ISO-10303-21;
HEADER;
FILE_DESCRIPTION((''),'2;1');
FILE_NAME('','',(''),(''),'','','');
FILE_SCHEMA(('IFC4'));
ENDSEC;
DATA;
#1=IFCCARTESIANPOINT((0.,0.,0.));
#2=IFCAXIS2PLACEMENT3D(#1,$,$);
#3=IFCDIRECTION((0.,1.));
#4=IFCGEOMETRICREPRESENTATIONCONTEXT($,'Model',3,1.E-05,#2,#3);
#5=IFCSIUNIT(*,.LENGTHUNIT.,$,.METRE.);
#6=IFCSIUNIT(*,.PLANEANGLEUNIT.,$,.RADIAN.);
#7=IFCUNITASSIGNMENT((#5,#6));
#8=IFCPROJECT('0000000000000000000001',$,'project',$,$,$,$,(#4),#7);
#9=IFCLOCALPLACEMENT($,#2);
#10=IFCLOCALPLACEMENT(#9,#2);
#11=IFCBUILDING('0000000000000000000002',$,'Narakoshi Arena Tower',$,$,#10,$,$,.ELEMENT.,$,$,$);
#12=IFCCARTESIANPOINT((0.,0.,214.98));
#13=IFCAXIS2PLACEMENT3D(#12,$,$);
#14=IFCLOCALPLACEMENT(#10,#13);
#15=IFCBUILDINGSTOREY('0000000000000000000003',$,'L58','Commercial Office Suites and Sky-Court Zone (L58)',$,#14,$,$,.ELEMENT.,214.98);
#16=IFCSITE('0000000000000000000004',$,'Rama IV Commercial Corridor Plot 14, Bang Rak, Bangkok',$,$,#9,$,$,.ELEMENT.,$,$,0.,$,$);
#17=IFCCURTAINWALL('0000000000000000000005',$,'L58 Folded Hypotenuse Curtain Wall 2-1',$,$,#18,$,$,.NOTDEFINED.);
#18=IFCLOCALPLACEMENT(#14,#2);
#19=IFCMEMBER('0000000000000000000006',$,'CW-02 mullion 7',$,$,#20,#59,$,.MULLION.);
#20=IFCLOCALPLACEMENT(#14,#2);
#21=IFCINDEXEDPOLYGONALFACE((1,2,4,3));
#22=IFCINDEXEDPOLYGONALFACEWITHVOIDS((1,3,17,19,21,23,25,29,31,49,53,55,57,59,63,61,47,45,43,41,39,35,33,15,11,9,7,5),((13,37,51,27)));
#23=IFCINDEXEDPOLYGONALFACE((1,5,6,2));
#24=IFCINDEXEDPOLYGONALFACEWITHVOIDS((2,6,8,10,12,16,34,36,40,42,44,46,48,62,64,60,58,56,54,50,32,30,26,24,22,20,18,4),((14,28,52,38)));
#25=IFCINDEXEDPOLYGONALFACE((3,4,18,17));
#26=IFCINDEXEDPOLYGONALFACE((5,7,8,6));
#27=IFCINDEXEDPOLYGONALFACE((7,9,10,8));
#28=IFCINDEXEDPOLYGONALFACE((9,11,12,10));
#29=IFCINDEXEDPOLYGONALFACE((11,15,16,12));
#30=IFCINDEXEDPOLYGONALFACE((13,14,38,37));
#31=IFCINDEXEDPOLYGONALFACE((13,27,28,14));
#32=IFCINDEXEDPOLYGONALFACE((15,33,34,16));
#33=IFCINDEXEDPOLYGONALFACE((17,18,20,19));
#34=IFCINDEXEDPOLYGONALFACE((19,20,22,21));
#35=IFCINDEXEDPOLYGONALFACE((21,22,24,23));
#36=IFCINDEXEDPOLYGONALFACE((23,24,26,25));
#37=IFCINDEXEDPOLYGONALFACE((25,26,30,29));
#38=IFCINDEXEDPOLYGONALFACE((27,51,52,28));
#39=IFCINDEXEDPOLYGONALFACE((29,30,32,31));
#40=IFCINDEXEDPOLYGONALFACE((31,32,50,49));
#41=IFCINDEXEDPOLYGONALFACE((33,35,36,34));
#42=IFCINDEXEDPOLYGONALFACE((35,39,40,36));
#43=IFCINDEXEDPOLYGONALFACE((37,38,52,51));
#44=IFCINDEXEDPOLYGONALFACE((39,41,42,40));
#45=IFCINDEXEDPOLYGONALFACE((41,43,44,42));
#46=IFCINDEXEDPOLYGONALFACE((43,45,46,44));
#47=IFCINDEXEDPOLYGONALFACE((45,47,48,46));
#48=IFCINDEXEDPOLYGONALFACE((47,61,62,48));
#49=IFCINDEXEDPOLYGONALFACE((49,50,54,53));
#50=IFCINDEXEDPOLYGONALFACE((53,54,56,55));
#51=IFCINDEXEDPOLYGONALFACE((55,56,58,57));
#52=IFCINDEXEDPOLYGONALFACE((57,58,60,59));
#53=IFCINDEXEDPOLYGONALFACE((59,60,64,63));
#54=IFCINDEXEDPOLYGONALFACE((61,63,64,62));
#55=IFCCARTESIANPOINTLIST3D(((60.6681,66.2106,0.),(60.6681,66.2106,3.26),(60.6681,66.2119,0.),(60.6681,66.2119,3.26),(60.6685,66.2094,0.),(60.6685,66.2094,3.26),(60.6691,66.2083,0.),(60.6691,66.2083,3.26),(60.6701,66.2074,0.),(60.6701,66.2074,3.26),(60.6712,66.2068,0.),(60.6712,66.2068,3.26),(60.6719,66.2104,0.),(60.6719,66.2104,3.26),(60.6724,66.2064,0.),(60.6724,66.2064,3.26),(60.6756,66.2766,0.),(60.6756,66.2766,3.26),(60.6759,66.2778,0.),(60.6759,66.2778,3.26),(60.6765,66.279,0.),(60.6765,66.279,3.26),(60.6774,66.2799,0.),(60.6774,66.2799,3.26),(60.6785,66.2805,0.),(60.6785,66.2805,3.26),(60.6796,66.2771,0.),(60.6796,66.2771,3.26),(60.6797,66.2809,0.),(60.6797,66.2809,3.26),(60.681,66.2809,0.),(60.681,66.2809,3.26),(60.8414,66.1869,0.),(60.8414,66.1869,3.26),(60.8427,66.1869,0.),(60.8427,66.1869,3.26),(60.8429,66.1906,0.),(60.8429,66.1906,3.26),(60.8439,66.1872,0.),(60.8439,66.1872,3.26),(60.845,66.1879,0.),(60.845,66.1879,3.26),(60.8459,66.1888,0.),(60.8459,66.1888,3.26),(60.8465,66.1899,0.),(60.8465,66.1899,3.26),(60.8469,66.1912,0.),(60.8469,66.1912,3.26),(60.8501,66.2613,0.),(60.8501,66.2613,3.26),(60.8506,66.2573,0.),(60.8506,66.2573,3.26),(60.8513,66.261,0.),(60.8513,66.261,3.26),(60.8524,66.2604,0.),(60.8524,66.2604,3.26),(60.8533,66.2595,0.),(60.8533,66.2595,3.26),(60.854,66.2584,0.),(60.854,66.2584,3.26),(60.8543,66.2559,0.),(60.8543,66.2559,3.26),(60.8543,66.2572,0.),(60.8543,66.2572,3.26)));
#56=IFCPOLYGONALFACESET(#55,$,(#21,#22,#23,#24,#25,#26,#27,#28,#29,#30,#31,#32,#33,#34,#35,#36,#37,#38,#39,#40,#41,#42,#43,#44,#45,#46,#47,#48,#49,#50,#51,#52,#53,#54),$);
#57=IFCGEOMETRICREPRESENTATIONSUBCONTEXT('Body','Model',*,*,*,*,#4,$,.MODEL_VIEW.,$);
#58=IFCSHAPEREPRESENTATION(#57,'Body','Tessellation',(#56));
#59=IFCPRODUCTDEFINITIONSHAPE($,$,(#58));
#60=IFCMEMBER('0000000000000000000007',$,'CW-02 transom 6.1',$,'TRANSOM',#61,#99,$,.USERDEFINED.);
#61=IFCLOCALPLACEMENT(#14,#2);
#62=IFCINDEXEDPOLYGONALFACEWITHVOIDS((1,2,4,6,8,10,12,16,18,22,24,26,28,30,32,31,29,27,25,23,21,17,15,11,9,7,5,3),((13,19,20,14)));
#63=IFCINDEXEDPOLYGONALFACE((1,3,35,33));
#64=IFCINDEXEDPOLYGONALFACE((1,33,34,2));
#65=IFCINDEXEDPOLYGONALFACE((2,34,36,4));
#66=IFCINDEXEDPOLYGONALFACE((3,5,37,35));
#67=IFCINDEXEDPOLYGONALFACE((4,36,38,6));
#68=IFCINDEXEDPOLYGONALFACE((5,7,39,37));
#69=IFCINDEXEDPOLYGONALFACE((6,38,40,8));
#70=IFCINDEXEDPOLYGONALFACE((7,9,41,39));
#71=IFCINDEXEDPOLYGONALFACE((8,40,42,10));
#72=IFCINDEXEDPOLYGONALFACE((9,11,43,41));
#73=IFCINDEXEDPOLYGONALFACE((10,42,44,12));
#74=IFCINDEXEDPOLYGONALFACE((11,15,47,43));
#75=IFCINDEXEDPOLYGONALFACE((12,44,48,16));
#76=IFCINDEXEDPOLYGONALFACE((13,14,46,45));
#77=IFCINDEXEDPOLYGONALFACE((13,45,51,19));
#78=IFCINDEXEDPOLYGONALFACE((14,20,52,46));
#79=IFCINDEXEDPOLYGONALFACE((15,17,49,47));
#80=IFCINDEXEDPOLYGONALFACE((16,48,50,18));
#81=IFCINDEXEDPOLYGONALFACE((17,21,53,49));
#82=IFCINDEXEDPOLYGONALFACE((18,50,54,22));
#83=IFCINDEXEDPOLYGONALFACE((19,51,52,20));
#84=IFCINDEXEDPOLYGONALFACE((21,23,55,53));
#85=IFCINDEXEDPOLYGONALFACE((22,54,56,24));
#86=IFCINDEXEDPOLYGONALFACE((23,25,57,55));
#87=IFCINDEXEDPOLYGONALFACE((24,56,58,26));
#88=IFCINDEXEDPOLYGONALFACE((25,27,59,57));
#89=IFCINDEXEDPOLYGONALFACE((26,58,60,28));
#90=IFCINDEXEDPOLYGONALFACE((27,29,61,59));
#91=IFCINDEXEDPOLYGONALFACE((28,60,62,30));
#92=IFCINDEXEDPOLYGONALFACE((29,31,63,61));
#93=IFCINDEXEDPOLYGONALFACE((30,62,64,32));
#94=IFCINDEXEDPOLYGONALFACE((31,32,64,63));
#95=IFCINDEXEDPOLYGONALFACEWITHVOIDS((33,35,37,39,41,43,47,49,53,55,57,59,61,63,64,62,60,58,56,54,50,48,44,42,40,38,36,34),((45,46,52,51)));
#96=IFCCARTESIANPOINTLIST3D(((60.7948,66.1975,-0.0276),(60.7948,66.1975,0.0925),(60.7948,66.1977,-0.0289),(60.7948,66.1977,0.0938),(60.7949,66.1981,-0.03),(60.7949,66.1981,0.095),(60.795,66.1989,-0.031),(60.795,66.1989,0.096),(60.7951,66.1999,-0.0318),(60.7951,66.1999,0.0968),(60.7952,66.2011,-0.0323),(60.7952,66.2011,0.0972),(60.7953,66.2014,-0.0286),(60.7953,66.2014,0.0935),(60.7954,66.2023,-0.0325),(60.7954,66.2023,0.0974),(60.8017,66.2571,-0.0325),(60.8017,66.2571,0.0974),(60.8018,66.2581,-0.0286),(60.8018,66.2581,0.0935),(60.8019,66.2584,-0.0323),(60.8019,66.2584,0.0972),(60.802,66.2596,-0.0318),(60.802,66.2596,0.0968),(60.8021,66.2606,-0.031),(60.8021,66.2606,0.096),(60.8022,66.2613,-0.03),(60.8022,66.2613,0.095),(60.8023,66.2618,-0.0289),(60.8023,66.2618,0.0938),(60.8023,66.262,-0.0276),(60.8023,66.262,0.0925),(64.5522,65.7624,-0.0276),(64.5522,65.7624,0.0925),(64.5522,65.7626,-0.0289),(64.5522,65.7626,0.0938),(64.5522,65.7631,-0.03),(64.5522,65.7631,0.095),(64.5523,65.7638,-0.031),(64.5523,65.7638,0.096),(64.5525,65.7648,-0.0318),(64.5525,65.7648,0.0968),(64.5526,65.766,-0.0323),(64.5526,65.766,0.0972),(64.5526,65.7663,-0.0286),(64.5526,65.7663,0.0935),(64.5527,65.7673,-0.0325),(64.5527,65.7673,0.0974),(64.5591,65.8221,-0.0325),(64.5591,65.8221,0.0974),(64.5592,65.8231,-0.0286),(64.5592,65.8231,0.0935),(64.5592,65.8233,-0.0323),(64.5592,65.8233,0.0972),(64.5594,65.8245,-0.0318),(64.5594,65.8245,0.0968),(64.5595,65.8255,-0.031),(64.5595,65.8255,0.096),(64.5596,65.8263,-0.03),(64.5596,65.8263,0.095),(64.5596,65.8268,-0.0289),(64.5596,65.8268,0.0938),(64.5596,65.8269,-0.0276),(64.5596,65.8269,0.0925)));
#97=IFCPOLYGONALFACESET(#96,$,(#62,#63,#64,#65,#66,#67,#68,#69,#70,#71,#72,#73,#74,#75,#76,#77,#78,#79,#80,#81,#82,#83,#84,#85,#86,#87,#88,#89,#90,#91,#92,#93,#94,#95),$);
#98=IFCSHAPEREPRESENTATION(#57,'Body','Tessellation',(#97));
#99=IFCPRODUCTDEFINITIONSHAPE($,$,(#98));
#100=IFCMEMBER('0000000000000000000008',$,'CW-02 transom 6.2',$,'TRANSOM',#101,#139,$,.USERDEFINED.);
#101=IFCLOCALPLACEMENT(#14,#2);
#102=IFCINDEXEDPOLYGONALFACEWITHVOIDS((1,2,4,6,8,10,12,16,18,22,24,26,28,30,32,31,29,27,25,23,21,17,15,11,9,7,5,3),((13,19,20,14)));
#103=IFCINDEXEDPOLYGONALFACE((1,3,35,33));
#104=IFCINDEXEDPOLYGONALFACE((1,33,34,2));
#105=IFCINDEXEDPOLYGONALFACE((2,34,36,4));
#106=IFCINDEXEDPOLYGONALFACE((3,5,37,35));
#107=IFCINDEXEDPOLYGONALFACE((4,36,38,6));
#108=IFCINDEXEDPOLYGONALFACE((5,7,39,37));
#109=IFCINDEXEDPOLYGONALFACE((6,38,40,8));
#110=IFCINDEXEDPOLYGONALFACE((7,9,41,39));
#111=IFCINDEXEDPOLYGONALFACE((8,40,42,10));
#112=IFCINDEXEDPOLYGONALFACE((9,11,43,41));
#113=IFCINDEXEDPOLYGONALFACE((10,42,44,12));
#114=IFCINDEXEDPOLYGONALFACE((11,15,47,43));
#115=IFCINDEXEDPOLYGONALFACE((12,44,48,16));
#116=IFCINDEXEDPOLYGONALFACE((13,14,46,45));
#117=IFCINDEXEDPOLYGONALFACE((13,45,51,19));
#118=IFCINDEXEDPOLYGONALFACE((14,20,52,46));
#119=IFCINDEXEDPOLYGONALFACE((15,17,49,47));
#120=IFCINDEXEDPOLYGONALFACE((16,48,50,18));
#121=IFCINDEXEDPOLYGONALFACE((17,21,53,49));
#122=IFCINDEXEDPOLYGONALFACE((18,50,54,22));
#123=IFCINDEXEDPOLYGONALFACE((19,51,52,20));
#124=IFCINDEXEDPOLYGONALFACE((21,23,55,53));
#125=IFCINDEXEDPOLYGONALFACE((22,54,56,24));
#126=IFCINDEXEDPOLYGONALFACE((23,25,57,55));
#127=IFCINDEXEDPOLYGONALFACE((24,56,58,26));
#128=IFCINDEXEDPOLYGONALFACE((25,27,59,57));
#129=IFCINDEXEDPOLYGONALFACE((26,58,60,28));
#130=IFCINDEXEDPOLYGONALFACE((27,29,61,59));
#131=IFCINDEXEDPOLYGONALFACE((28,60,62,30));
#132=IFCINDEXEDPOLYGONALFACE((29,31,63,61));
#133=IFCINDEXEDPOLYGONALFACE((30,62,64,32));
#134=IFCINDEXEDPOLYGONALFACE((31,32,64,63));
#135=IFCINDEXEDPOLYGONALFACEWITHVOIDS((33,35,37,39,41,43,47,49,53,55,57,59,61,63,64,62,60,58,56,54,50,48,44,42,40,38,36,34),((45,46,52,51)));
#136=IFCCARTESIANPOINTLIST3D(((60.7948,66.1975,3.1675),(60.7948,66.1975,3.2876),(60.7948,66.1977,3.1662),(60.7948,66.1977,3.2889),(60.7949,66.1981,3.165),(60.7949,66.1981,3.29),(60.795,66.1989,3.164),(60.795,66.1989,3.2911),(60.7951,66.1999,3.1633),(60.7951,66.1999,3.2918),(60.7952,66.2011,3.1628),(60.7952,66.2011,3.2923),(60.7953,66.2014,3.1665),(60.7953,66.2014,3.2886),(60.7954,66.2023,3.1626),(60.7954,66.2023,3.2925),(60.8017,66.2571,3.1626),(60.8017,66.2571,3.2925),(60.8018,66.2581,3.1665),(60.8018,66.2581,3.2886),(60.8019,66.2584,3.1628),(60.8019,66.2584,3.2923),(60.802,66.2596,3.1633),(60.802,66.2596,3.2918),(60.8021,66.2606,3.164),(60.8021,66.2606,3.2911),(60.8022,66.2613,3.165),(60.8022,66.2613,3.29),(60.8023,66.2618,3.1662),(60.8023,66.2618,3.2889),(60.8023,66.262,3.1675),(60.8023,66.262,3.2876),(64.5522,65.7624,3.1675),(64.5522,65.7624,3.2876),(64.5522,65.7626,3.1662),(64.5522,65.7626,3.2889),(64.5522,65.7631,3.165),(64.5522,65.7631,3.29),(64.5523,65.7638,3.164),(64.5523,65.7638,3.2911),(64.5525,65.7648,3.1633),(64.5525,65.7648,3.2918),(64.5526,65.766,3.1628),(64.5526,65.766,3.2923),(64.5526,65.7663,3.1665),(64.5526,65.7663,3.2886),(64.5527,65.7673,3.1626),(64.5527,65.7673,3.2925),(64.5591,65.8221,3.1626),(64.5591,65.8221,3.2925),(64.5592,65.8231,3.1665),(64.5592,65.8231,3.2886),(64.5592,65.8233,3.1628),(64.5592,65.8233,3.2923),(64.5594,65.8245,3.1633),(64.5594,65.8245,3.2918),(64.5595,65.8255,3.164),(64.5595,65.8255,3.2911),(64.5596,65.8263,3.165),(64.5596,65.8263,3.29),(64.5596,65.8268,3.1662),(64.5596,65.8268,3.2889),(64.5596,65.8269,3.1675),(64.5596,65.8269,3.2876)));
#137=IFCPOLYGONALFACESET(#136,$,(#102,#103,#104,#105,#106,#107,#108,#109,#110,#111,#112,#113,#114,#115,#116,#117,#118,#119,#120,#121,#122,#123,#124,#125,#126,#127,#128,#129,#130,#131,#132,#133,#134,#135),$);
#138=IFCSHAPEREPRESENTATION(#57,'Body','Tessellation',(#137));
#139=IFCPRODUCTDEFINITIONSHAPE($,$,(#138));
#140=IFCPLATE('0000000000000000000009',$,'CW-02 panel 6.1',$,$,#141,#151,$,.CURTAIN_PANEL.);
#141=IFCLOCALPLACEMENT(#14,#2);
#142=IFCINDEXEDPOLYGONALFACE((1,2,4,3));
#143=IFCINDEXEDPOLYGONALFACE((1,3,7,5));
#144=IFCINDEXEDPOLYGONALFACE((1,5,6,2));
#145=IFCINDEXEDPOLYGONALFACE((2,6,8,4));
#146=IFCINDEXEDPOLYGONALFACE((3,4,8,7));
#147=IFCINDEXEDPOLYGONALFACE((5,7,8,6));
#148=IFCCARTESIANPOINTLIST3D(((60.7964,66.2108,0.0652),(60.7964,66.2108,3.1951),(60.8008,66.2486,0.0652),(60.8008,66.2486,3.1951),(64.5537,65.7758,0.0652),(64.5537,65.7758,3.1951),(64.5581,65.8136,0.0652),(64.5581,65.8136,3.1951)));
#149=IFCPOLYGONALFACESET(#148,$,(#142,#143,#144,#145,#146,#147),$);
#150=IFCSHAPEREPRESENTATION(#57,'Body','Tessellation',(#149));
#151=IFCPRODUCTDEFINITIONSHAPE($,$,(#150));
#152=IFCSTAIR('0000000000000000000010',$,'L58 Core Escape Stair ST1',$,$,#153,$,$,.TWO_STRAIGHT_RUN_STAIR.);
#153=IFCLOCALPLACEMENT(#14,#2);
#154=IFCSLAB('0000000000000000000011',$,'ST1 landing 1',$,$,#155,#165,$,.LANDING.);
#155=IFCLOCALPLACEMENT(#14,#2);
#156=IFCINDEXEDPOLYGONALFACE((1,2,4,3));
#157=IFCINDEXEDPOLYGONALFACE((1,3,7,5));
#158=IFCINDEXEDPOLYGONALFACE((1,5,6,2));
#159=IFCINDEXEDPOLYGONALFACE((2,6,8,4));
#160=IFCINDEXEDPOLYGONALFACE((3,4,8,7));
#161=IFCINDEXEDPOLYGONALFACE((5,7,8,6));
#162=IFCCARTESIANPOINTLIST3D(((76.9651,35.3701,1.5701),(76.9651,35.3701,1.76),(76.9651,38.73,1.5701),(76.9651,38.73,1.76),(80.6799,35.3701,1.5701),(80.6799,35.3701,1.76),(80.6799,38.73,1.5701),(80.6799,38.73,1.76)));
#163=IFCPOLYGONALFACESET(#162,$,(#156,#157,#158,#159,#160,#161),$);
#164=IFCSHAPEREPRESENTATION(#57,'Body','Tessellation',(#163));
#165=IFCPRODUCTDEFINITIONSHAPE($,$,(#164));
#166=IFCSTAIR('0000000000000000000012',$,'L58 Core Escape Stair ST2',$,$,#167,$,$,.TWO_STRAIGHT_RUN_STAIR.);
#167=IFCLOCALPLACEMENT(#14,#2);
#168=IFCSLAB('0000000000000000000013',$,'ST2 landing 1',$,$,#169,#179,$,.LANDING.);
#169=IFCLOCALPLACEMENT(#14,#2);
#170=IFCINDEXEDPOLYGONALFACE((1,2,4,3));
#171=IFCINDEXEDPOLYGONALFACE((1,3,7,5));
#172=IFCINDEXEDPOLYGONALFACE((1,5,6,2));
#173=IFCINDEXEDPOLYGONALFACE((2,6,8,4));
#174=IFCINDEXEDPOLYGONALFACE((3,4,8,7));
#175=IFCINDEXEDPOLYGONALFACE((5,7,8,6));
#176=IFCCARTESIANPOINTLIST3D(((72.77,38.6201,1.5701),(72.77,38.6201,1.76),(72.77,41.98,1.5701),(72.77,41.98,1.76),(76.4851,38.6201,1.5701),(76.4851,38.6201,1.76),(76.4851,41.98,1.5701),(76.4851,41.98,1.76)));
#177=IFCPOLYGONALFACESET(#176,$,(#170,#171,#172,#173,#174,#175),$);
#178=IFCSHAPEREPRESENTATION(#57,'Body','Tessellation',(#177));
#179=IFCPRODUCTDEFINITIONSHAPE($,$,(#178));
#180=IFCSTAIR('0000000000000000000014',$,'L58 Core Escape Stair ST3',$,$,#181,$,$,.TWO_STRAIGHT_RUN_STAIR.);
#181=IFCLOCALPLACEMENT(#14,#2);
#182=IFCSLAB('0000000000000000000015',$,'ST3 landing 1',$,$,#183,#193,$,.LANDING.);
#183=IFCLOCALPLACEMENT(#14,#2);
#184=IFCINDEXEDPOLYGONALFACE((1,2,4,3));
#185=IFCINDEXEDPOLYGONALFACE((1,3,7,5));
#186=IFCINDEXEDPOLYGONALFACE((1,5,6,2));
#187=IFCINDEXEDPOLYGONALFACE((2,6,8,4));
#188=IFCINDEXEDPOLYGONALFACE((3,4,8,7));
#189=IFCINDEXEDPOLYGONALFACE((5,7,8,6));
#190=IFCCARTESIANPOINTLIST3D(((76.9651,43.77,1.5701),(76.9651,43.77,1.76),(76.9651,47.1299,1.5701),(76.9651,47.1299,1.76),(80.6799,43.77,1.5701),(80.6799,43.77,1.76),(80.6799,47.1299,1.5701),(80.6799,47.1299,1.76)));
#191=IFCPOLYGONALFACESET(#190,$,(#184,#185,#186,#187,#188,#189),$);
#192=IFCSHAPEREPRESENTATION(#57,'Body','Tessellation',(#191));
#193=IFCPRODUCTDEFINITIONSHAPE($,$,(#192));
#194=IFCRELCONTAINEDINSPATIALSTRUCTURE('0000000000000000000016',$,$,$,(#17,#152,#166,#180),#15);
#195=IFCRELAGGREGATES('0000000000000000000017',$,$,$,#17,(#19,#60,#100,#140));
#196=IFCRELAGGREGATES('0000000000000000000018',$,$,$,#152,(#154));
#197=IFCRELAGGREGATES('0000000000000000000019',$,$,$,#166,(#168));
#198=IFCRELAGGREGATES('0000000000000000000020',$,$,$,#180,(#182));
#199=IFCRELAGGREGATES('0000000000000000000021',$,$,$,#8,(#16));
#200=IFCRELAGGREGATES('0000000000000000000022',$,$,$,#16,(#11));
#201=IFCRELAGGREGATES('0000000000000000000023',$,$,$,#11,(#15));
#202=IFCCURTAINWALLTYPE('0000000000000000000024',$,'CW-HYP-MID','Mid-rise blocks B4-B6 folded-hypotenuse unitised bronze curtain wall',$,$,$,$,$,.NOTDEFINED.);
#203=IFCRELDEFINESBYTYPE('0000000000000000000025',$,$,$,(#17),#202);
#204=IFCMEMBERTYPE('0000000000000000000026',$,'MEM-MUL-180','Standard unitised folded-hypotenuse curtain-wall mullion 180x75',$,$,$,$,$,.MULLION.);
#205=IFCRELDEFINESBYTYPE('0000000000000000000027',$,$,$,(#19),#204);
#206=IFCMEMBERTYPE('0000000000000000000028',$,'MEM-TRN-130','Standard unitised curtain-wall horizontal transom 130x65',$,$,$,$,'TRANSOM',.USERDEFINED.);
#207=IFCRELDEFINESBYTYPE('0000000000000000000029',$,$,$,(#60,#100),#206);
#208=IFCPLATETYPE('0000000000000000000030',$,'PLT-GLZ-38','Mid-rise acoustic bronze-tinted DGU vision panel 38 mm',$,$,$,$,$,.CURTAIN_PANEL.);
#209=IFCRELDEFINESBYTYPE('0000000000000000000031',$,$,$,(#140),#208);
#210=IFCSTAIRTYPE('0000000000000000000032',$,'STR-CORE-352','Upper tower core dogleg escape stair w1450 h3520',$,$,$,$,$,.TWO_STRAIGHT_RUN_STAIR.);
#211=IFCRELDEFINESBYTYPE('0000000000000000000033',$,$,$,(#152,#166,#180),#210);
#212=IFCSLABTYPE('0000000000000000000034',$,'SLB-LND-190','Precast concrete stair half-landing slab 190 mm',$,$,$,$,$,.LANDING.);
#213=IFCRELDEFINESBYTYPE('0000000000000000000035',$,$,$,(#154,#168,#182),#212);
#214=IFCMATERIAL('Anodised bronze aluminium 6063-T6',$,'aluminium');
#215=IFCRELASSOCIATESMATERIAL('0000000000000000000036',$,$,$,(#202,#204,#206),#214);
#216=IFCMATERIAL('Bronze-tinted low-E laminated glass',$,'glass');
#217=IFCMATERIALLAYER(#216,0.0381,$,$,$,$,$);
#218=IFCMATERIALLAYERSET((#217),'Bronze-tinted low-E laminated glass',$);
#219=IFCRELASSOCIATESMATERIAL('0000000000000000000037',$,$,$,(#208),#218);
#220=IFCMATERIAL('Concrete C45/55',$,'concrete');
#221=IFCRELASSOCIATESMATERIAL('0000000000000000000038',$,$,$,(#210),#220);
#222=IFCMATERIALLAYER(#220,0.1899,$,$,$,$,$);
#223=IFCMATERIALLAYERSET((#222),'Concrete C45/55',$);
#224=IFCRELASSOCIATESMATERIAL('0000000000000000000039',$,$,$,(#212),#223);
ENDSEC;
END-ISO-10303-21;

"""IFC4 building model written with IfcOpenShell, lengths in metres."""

from ifc_helpers import new_model, si_unit, direction, frame, origin, origin_2d, place, context, subcontext, project, spatial, polyline, rectangle, hollow_rectangle, outline, extrude, material, layer, layer_set, material_profile, profile_set, type_object, element, aggregate, save


model = new_model("IFC4")

# Units and contexts
model_context = context("Model", 3, precision=1e-05, world=origin(), true_north=direction((0.0, 1.0)))
body_context = subcontext(model_context, "Body", "Model", "MODEL_VIEW")
ifc_project = project(units=[si_unit("LENGTHUNIT", "METRE"), si_unit("PLANEANGLEUNIT", "RADIAN")], contexts=[model_context])

# Site, building, storey
site_placement = place(None, origin())
site = spatial("IfcSite", under=ifc_project, at=site_placement, Name="Rama IV Commercial Corridor Plot 14, Bang Rak, Bangkok", CompositionType="ELEMENT", RefElevation=0.0)
building_placement = place(site_placement, origin())
building = spatial("IfcBuilding", under=site, at=building_placement, Name="Narakoshi Arena Tower", CompositionType="ELEMENT")
storey_placement = place(building_placement, frame((0.0, 0.0, 214.98)))
storey = spatial("IfcBuildingStorey", under=building, at=storey_placement, Name="L58", Description="Commercial Office Suites and Sky-Court Zone (L58)", CompositionType="ELEMENT", Elevation=214.98)

# Curtain wall, members, plate
ifc_material_1 = material(Name="Anodised bronze aluminium 6063-T6", Category="aluminium")
curtain_wall_type = type_object("IfcCurtainWallType", Name="CW-HYP-MID", Description="Mid-rise blocks B4-B6 folded-hypotenuse unitised bronze curtain wall", PredefinedType="NOTDEFINED", material=ifc_material_1)
curtain_wall_placement = place(storey_placement, origin())
curtain_wall = element("IfcCurtainWall", 1, at=curtain_wall_placement, inside=storey, type_object=curtain_wall_type, Name="L58 Folded Hypotenuse Curtain Wall 2-1", PredefinedType="NOTDEFINED")
ifc_material_profile_1 = material_profile(ifc_material_1, hollow_rectangle(XDim=0.075, YDim=0.1799, WallThickness=0.0039, OuterFilletRadius=0.0049, at=origin_2d()), Name="MUL180x75x4")
ifc_profile_set_1 = profile_set([ifc_material_profile_1], Name="Anodised bronze aluminium 6063-T6")
member_type_1 = type_object("IfcMemberType", Name="MEM-MUL-180", Description="Standard unitised folded-hypotenuse curtain-wall mullion 180x75", PredefinedType="MULLION", material=ifc_profile_set_1)
member_1_placement = place(storey_placement, frame((60.7612, 66.2339, 0.0), z_axis=(0.0, 0.0, 1.0), x_axis=(-0.115011, -0.993364, 0.0)))
member_1 = element("IfcMember", 2, at=member_1_placement, type_object=member_type_1, Name="CW-02 mullion 7", PredefinedType="MULLION", context=body_context, shape_type="SweptSolid", body=[
    extrude(hollow_rectangle(XDim=0.075, YDim=0.1799, WallThickness=0.0039, OuterFilletRadius=0.0049, at=origin_2d()), origin(), (0.0, 0.0, 1.0), 3.26),
])
ifc_material_profile_2 = material_profile(ifc_material_1, hollow_rectangle(XDim=0.0649, YDim=0.1299, WallThickness=0.0039, OuterFilletRadius=0.0049, at=origin_2d()), Name="TRN130x65x4")
ifc_profile_set_2 = profile_set([ifc_material_profile_2], Name="Anodised bronze aluminium 6063-T6")
member_type_2 = type_object("IfcMemberType", Name="MEM-TRN-130", Description="Standard unitised curtain-wall horizontal transom 130x65", ElementType="TRANSOM", PredefinedType="USERDEFINED", material=ifc_profile_set_2)
member_2_placement = place(storey_placement, frame((64.5559, 65.7947, 0.0325), z_axis=(-0.993363, 0.115021, 0.0), x_axis=(-0.115021, -0.993363, 0.0)))
member_2 = element("IfcMember", 3, at=member_2_placement, type_object=member_type_2, Name="CW-02 transom 6.1", ObjectType="TRANSOM", PredefinedType="USERDEFINED", context=body_context, shape_type="SweptSolid", body=[
    extrude(hollow_rectangle(XDim=0.0649, YDim=0.1299, WallThickness=0.0039, OuterFilletRadius=0.0049, at=origin_2d()), origin(), (0.0, 0.0, 1.0), 3.7825),
])
member_3_placement = place(storey_placement, frame((64.5559, 65.7947, 3.2275), z_axis=(-0.993363, 0.115021, 0.0), x_axis=(-0.115021, -0.993363, 0.0)))
member_3 = element("IfcMember", 4, at=member_3_placement, type_object=member_type_2, Name="CW-02 transom 6.2", ObjectType="TRANSOM", PredefinedType="USERDEFINED", context=body_context, shape_type="SweptSolid", body=[
    extrude(hollow_rectangle(XDim=0.0649, YDim=0.1299, WallThickness=0.0039, OuterFilletRadius=0.0049, at=origin_2d()), origin(), (0.0, 0.0, 1.0), 3.7825),
])
ifc_material_2 = material(Name="Bronze-tinted low-E laminated glass", Category="glass")
ifc_layer_1 = layer(ifc_material_2, 0.0381)
ifc_layer_set_1 = layer_set([ifc_layer_1], Name="Bronze-tinted low-E laminated glass")
plate_type = type_object("IfcPlateType", Name="PLT-GLZ-38", Description="Mid-rise acoustic bronze-tinted DGU vision panel 38 mm", PredefinedType="CURTAIN_PANEL", material=ifc_layer_set_1)
plate_placement = place(storey_placement, frame((62.6772, 66.0122, 0.0652), z_axis=(0.0, 0.0, 1.0), x_axis=(-0.993364, 0.115011, 0.0)))
plate = element("IfcPlate", 5, at=plate_placement, type_object=plate_type, Name="CW-02 panel 6.1", PredefinedType="CURTAIN_PANEL", context=body_context, shape_type="SweptSolid", body=[
    extrude(rectangle(XDim=3.7825, YDim=0.0381, at=origin_2d()), origin(), (0.0, 0.0, 1.0), 3.1299),
])
aggregate(curtain_wall, [member_1, member_2, member_3, plate])

# Stairs, slabs
ifc_material_3 = material(Name="Concrete C45/55", Category="concrete")
stair_type = type_object("IfcStairType", Name="STR-CORE-352", Description="Upper tower core dogleg escape stair w1450 h3520", PredefinedType="TWO_STRAIGHT_RUN_STAIR", material=ifc_material_3)
stair_1_placement = place(storey_placement, origin())
stair_1 = element("IfcStair", 6, at=stair_1_placement, inside=storey, type_object=stair_type, Name="L58 Core Escape Stair ST1", PredefinedType="TWO_STRAIGHT_RUN_STAIR")
ifc_layer_2 = layer(ifc_material_3, 0.1899)
ifc_layer_set_2 = layer_set([ifc_layer_2], Name="Concrete C45/55")
slab_type_1 = type_object("IfcSlabType", Name="SLB-LND-190", Description="Precast concrete stair half-landing slab 190 mm", PredefinedType="LANDING", material=ifc_layer_set_2)
slab_1_placement = place(storey_placement, frame((0.0, 0.0, 1.5701)))
slab_1 = element("IfcSlab", 7, at=slab_1_placement, type_object=slab_type_1, Name="ST1 landing 1", PredefinedType="LANDING", context=body_context, shape_type="SweptSolid", body=[
    extrude(outline(polyline([(76.9651, 35.3701), (80.6799, 35.3701), (80.6799, 38.73), (76.9651, 38.73), (76.9651, 35.3701)])), origin(), (0.0, 0.0, 1.0), 0.1899),
])
aggregate(stair_1, [slab_1])
stair_2_placement = place(storey_placement, origin())
stair_2 = element("IfcStair", 8, at=stair_2_placement, inside=storey, type_object=stair_type, Name="L58 Core Escape Stair ST2", PredefinedType="TWO_STRAIGHT_RUN_STAIR")
slab_2_placement = place(storey_placement, frame((0.0, 0.0, 1.5701)))
slab_2 = element("IfcSlab", 9, at=slab_2_placement, type_object=slab_type_1, Name="ST2 landing 1", PredefinedType="LANDING", context=body_context, shape_type="SweptSolid", body=[
    extrude(outline(polyline([(72.77, 38.6201), (76.4851, 38.6201), (76.4851, 41.98), (72.77, 41.98), (72.77, 38.6201)])), origin(), (0.0, 0.0, 1.0), 0.1899),
])
aggregate(stair_2, [slab_2])
stair_3_placement = place(storey_placement, origin())
stair_3 = element("IfcStair", 10, at=stair_3_placement, inside=storey, type_object=stair_type, Name="L58 Core Escape Stair ST3", PredefinedType="TWO_STRAIGHT_RUN_STAIR")
slab_3_placement = place(storey_placement, frame((0.0, 0.0, 1.5701)))
slab_3 = element("IfcSlab", 11, at=slab_3_placement, type_object=slab_type_1, Name="ST3 landing 1", PredefinedType="LANDING", context=body_context, shape_type="SweptSolid", body=[
    extrude(outline(polyline([(76.9651, 43.77), (80.6799, 43.77), (80.6799, 47.1299), (76.9651, 47.1299), (76.9651, 43.77)])), origin(), (0.0, 0.0, 1.0), 0.1899),
])
aggregate(stair_3, [slab_3])

save(model, "model.ifc")
